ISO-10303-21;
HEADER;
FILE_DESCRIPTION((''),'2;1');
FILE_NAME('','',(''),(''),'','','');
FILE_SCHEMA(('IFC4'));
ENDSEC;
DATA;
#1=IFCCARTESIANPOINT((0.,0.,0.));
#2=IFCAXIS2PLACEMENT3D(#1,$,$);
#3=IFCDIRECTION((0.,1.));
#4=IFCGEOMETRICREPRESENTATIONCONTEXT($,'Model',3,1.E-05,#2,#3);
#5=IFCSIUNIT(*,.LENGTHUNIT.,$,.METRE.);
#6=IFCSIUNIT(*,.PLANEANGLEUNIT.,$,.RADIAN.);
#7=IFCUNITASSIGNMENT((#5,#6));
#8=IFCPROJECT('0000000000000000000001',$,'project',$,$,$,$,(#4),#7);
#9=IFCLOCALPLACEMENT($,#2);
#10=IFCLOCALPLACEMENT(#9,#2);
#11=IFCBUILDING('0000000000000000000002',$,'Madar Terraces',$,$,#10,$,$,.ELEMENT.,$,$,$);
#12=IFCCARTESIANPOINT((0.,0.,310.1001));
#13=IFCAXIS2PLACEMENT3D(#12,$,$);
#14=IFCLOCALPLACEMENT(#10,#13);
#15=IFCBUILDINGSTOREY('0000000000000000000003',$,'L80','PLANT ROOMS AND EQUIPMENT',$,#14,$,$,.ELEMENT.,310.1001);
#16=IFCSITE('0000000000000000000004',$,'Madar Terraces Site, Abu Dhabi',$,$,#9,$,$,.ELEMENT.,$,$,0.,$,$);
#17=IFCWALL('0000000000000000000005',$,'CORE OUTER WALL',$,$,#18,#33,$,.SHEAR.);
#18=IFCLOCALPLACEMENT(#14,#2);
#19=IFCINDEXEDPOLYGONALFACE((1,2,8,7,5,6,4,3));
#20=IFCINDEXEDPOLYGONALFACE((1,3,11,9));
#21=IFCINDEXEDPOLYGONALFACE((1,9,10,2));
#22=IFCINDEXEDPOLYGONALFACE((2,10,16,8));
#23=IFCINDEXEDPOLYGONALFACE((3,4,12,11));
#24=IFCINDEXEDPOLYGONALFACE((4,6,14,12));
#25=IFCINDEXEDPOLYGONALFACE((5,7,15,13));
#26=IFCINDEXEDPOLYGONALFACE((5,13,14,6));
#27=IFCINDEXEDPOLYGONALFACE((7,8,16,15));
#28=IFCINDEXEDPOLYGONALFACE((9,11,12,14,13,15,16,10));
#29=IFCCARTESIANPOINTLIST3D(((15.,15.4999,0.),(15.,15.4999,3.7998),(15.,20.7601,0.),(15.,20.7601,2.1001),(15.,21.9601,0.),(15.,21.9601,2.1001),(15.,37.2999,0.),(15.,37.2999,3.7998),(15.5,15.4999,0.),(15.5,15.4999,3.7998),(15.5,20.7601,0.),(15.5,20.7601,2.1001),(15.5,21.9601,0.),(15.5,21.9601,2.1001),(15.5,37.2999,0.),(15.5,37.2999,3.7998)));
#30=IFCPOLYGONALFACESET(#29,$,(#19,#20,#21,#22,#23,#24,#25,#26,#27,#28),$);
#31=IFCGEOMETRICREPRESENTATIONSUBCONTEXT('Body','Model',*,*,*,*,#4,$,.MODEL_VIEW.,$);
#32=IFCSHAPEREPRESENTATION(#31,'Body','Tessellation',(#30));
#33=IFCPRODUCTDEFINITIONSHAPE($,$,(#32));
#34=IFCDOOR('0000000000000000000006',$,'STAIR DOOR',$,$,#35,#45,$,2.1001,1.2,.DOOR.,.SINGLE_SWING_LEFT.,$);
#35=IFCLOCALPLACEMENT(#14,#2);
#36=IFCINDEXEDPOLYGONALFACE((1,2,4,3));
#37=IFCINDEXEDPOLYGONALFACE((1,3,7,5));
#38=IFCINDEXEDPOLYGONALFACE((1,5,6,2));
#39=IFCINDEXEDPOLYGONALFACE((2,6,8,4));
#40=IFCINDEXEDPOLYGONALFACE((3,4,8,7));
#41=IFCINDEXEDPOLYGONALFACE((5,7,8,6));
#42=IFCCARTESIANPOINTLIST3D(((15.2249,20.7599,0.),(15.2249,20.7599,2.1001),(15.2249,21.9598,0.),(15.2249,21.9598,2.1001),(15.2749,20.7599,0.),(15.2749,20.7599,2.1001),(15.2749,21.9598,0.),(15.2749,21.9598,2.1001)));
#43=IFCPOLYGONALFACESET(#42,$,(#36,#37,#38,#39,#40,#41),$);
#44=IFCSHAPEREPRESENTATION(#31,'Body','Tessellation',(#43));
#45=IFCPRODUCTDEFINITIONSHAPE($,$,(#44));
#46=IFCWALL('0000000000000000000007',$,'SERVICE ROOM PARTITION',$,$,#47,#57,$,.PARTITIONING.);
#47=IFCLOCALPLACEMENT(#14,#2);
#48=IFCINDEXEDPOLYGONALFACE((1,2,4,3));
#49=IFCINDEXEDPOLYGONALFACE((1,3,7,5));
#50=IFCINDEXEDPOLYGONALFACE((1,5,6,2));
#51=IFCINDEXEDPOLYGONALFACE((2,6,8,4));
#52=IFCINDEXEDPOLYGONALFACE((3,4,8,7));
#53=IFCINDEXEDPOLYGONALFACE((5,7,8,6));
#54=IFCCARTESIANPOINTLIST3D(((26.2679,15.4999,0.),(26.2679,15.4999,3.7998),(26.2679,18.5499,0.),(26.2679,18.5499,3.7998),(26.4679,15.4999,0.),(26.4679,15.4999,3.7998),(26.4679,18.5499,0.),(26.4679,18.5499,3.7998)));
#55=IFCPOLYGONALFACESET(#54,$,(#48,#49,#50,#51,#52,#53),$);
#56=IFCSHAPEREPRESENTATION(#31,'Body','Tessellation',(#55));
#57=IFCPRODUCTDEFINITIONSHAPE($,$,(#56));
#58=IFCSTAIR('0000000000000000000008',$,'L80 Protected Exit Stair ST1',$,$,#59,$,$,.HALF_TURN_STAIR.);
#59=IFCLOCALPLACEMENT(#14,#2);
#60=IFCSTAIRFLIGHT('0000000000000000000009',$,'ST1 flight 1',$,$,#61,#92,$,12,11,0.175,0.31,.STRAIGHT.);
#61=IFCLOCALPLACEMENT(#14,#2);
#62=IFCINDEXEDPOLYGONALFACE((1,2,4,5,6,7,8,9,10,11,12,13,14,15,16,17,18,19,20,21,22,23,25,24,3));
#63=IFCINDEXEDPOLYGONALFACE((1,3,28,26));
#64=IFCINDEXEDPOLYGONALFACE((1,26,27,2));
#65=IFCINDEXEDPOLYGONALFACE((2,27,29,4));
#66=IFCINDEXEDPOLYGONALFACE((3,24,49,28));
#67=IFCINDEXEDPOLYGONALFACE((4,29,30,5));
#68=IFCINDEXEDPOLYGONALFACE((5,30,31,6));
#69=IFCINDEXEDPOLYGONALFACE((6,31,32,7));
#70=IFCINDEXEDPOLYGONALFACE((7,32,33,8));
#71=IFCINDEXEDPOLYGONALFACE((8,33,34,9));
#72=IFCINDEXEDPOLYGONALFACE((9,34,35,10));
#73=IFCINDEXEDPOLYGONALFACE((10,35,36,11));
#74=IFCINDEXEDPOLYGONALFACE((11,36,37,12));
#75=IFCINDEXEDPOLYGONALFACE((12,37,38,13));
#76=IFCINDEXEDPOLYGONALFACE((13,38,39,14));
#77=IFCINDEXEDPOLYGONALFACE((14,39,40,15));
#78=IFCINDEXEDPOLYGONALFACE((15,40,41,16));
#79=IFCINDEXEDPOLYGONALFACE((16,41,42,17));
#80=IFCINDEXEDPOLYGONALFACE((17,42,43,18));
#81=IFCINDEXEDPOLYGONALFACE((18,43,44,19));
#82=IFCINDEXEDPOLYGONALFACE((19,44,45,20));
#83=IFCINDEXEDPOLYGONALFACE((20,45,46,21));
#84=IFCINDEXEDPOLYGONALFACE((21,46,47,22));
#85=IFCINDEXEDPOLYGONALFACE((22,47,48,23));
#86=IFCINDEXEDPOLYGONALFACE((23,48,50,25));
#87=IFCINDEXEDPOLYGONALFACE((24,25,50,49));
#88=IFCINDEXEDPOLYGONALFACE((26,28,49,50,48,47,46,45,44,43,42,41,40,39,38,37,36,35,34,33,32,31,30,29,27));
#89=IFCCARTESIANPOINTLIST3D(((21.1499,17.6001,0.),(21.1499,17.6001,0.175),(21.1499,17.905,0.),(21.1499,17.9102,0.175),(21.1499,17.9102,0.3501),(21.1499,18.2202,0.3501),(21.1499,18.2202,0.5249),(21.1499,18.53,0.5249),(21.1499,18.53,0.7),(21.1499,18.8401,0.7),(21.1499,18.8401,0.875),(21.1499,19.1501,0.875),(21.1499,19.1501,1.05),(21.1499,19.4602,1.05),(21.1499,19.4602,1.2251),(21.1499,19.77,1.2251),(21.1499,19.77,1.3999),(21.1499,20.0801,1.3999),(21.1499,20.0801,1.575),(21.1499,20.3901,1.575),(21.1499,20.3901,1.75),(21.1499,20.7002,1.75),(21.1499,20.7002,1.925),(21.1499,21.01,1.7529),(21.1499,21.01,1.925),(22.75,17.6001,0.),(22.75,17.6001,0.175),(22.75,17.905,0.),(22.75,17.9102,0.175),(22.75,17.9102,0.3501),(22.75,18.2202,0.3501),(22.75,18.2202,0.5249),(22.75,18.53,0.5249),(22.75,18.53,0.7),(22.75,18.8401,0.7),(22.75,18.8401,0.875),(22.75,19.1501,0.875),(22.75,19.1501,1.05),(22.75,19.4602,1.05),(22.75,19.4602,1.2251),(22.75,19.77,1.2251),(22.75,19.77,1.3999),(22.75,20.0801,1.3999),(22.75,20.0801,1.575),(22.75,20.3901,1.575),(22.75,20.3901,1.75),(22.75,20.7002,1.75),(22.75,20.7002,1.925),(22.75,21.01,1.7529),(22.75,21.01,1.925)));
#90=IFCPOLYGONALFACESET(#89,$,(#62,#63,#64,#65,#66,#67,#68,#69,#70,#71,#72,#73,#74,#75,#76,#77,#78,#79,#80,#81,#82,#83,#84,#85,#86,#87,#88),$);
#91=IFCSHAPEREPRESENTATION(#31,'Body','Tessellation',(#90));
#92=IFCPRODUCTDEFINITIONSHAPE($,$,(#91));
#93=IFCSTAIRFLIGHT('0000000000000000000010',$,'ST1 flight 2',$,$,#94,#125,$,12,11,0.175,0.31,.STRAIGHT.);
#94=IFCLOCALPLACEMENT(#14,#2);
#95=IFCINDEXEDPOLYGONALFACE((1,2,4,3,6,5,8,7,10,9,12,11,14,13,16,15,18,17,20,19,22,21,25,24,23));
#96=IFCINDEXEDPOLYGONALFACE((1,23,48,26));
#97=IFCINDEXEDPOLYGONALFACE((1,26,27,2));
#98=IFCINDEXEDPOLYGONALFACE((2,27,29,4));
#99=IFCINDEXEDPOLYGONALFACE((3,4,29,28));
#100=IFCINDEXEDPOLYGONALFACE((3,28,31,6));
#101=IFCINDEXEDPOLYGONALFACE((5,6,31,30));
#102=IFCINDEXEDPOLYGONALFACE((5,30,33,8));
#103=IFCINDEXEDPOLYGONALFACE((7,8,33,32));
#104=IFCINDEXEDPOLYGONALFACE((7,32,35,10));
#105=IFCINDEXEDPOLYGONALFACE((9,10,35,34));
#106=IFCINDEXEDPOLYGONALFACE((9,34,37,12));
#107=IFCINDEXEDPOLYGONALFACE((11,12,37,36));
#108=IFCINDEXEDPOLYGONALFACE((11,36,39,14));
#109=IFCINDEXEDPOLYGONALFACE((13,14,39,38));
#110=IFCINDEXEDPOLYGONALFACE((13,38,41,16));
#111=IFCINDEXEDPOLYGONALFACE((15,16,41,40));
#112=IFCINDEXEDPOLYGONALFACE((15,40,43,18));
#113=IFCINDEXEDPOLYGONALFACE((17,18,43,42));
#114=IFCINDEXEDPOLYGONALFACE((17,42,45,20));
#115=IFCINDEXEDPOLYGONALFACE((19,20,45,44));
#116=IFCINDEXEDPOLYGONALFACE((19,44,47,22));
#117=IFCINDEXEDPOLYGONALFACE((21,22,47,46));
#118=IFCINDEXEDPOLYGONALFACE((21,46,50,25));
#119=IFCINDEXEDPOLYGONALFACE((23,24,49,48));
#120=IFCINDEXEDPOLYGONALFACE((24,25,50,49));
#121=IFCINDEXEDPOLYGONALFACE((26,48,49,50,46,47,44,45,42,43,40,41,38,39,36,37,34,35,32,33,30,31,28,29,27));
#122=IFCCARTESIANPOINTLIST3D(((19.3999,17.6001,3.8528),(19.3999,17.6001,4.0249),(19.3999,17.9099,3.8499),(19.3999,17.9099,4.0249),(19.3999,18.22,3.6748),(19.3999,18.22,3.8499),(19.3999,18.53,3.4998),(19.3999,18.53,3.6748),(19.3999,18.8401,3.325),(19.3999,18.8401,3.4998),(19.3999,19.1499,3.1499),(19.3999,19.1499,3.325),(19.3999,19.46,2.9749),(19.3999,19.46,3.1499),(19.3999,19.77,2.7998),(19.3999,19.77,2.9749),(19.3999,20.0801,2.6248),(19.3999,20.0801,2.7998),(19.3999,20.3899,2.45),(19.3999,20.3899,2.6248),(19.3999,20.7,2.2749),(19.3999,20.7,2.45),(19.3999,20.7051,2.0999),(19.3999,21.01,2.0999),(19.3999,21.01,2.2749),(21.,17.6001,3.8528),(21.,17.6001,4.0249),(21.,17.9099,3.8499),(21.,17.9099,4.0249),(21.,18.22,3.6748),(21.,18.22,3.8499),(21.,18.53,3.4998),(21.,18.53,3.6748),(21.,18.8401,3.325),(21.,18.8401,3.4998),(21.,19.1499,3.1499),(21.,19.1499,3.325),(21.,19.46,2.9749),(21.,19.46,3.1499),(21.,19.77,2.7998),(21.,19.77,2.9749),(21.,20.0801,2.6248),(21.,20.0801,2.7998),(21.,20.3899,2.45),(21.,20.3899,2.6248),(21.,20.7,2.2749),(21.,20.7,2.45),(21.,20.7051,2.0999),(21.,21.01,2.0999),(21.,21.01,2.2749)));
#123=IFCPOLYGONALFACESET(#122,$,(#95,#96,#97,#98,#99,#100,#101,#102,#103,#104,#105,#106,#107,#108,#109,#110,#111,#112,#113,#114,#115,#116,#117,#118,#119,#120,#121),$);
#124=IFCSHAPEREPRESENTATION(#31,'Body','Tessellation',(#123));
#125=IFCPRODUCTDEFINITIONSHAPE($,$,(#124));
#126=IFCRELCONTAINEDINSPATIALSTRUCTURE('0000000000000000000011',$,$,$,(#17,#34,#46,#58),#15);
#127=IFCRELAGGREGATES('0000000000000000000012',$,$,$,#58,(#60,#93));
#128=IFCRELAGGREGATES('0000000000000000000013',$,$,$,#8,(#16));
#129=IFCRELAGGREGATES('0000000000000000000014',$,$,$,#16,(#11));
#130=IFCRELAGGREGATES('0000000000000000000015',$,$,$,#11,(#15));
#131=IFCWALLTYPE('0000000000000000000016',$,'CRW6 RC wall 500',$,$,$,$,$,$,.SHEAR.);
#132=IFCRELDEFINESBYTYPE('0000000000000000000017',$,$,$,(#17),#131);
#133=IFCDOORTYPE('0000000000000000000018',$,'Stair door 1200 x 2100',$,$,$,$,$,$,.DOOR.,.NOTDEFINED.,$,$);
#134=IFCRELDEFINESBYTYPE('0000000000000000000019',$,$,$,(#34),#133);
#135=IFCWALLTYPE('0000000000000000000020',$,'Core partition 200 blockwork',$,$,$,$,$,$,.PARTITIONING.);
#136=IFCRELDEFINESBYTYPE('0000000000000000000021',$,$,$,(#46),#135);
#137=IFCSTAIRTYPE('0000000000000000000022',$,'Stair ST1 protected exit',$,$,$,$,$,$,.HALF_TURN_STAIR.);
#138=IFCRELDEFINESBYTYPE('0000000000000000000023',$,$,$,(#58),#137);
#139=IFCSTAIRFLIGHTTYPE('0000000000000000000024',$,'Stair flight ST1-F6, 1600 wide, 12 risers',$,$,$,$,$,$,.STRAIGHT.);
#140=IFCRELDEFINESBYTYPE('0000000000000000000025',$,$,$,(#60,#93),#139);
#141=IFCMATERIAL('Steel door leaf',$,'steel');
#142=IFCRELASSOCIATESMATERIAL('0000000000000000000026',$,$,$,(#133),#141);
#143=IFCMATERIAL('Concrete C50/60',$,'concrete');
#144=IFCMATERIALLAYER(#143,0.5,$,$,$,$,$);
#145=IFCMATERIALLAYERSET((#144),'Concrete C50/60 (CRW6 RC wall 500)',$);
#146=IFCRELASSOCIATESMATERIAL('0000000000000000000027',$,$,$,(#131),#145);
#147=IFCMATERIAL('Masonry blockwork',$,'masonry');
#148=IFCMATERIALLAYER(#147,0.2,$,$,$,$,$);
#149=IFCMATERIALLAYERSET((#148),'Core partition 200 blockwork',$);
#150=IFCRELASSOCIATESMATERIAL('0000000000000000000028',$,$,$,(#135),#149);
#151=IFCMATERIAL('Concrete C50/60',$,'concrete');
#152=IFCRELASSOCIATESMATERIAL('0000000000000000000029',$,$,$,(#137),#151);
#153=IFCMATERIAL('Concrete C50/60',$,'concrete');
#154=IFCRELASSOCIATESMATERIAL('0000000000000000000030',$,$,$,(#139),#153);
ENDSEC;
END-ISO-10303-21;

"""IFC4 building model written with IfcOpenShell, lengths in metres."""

from ifc_helpers import new_model, si_unit, direction, frame, frame_2d, origin, place, context, subcontext, project, spatial, polyline, rectangle, outline, extrude, material, layer, layer_set, type_object, element, fill, aggregate, save


model = new_model("IFC4")

# Units and contexts
model_context = context("Model", 3, precision=1e-05, world=origin(), true_north=direction((0.0, 1.0)))
body_context = subcontext(model_context, "Body", "Model", "MODEL_VIEW")
ifc_project = project(units=[si_unit("LENGTHUNIT", "METRE"), si_unit("PLANEANGLEUNIT", "RADIAN")], contexts=[model_context])

# Site, building, storey
site_placement = place(None, origin())
site = spatial("IfcSite", under=ifc_project, at=site_placement, Name="Madar Terraces Site, Abu Dhabi", CompositionType="ELEMENT", RefElevation=0.0)
building_placement = place(site_placement, origin())
building = spatial("IfcBuilding", under=site, at=building_placement, Name="Madar Terraces", CompositionType="ELEMENT")
storey_placement = place(building_placement, frame((0.0, 0.0, 310.1001)))
storey = spatial("IfcBuildingStorey", under=building, at=storey_placement, Name="L80", Description="PLANT ROOMS AND EQUIPMENT", CompositionType="ELEMENT", Elevation=310.1001)

# Shared definitions
ifc_material_1 = material(Name="Steel door leaf", Category="steel")
door_type_1 = type_object("IfcDoorType", Name="Stair door 1200 x 2100", OperationType="NOTDEFINED", PredefinedType="DOOR", material=ifc_material_1)

# Wall, opening, door
ifc_material_2 = material(Name="Concrete C50/60", Category="concrete")
ifc_layer_1 = layer(ifc_material_2, 0.5)
ifc_layer_set_1 = layer_set([ifc_layer_1], Name="Concrete C50/60 (CRW6 RC wall 500)")
wall_type_1 = type_object("IfcWallType", Name="CRW6 RC wall 500", PredefinedType="SHEAR", material=ifc_layer_set_1)
wall_1_placement = place(storey_placement, frame((15.25, 15.5, 0.0), z_axis=(0.0, 0.0, 1.0), x_axis=(0.0, 1.0, 0.0)))
wall_1 = element("IfcWall", 1, at=wall_1_placement, inside=storey, type_object=wall_type_1, Name="CORE OUTER WALL", PredefinedType="SHEAR", context=body_context, shape_type="SweptSolid", body=[
    extrude(rectangle(XDim=21.8, YDim=0.5, at=frame_2d((10.8999, 0.0))), origin(), (0.0, 0.0, 1.0), 3.7998),
])
opening_1_placement = place(wall_1_placement, frame((5.26, 0.0, 0.0)))
opening_1 = element("IfcOpeningElement", 2, at=opening_1_placement, cuts=wall_1, PredefinedType="OPENING", context=body_context, shape_type="SweptSolid", body=[
    extrude(rectangle(XDim=1.2, YDim=2.1001, at=frame_2d((0.6001, 1.05))), frame((0.0, 0.26, 0.0), z_axis=(0.0, -1.0, 0.0), x_axis=(1.0, 0.0, 0.0)), (0.0, 0.0, 1.0), 0.52),
])
door_1_placement = place(opening_1_placement, frame((1.2, 0.0, 0.0), z_axis=(0.0, 0.0, 1.0), x_axis=(-1.0, 0.0, 0.0)))
door_1 = element("IfcDoor", 3, at=door_1_placement, inside=storey, type_object=door_type_1, Name="STAIR DOOR", OperationType="SINGLE_SWING_LEFT", OverallHeight=2.1001, OverallWidth=1.2, PredefinedType="DOOR", context=body_context, shape_type="SweptSolid", body=[
    extrude(rectangle(XDim=1.2, YDim=2.1001, at=frame_2d((0.6001, 1.05))), frame((0.0, 0.0249, 0.0), z_axis=(0.0, -1.0, 0.0), x_axis=(1.0, 0.0, 0.0)), (0.0, 0.0, 1.0), 0.05),
])
fill(opening_1, door_1)

# Wall
ifc_material_3 = material(Name="Masonry blockwork", Category="masonry")
ifc_layer_2 = layer(ifc_material_3, 0.2)
ifc_layer_set_2 = layer_set([ifc_layer_2], Name="Core partition 200 blockwork")
wall_type_2 = type_object("IfcWallType", Name="Core partition 200 blockwork", PredefinedType="PARTITIONING", material=ifc_layer_set_2)
wall_2_placement = place(storey_placement, frame((26.3679, 15.5, 0.0), z_axis=(0.0, 0.0, 1.0), x_axis=(0.0, 1.0, 0.0)))
element("IfcWall", 4, at=wall_2_placement, inside=storey, type_object=wall_type_2, Name="SERVICE ROOM PARTITION", PredefinedType="PARTITIONING", context=body_context, shape_type="SweptSolid", body=[
    extrude(rectangle(XDim=3.05, YDim=0.2, at=frame_2d((1.5249, 0.0))), origin(), (0.0, 0.0, 1.0), 3.7998),
])

# Stair, stair flights
ifc_material_4 = material(Name="Concrete C50/60", Category="concrete")
stair_type = type_object("IfcStairType", Name="Stair ST1 protected exit", PredefinedType="HALF_TURN_STAIR", material=ifc_material_4)
stair_placement = place(storey_placement, origin())
stair = element("IfcStair", 5, at=stair_placement, inside=storey, type_object=stair_type, Name="L80 Protected Exit Stair ST1", PredefinedType="HALF_TURN_STAIR")
ifc_material_5 = material(Name="Concrete C50/60", Category="concrete")
stair_flight_type = type_object("IfcStairFlightType", Name="Stair flight ST1-F6, 1600 wide, 12 risers", PredefinedType="STRAIGHT", material=ifc_material_5)
stair_flight_1_placement = place(storey_placement, frame((21.95, 17.6001, 0.0), z_axis=(0.0, 0.0, 1.0), x_axis=(0.0, 1.0, 0.0)))
stair_flight_1 = element("IfcStairFlight", 6, at=stair_flight_1_placement, type_object=stair_flight_type, Name="ST1 flight 1", NumberOfRisers=12, NumberOfTreads=11, PredefinedType="STRAIGHT", RiserHeight=0.175, TreadLength=0.31, context=body_context, shape_type="SweptSolid", body=[
    extrude(outline(polyline([(0.0, 0.0), (0.0, 0.175), (0.3101, 0.175), (0.3101, 0.3501), (0.6201, 0.3501), (0.6201, 0.5249), (0.9299, 0.5249), (0.9299, 0.7), (1.24, 0.7), (1.24, 0.875), (1.55, 0.875), (1.55, 1.05), (1.8601, 1.05), (1.8601, 1.2251), (2.1699, 1.2251), (2.1699, 1.3999), (2.48, 1.3999), (2.48, 1.575), (2.79, 1.575), (2.79, 1.75), (3.1001, 1.75), (3.1001, 1.925), (3.4099, 1.925), (3.4099, 2.1001), (3.4099, 1.7529), (0.3049, 0.0), (0.0, 0.0)])), frame((0.0, 0.8, 0.0), z_axis=(0.0, -1.0, 0.0), x_axis=(1.0, 0.0, 0.0)), (0.0, 0.0, 1.0), 1.6001),
])
stair_flight_2_placement = place(storey_placement, frame((20.2, 21.01, 2.0999), z_axis=(0.0, 0.0, 1.0), x_axis=(0.0, -1.0, 0.0)))
stair_flight_2 = element("IfcStairFlight", 7, at=stair_flight_2_placement, type_object=stair_flight_type, Name="ST1 flight 2", NumberOfRisers=12, NumberOfTreads=11, PredefinedType="STRAIGHT", RiserHeight=0.175, TreadLength=0.31, context=body_context, shape_type="SweptSolid", body=[
    extrude(outline(polyline([(0.0, 0.0), (0.0, 0.175), (0.3101, 0.175), (0.3101, 0.3501), (0.6201, 0.3501), (0.6201, 0.5249), (0.9299, 0.5249), (0.9299, 0.7), (1.24, 0.7), (1.24, 0.875), (1.55, 0.875), (1.55, 1.05), (1.8601, 1.05), (1.8601, 1.2251), (2.1699, 1.2251), (2.1699, 1.3999), (2.48, 1.3999), (2.48, 1.575), (2.79, 1.575), (2.79, 1.75), (3.1001, 1.75), (3.1001, 1.925), (3.4099, 1.925), (3.4099, 2.1001), (3.4099, 1.7529), (0.3049, 0.0), (0.0, 0.0)])), frame((0.0, 0.8, 0.0), z_axis=(0.0, -1.0, 0.0), x_axis=(1.0, 0.0, 0.0)), (0.0, 0.0, 1.0), 1.6001),
])
aggregate(stair, [stair_flight_1, stair_flight_2])

save(model, "model.ifc")
